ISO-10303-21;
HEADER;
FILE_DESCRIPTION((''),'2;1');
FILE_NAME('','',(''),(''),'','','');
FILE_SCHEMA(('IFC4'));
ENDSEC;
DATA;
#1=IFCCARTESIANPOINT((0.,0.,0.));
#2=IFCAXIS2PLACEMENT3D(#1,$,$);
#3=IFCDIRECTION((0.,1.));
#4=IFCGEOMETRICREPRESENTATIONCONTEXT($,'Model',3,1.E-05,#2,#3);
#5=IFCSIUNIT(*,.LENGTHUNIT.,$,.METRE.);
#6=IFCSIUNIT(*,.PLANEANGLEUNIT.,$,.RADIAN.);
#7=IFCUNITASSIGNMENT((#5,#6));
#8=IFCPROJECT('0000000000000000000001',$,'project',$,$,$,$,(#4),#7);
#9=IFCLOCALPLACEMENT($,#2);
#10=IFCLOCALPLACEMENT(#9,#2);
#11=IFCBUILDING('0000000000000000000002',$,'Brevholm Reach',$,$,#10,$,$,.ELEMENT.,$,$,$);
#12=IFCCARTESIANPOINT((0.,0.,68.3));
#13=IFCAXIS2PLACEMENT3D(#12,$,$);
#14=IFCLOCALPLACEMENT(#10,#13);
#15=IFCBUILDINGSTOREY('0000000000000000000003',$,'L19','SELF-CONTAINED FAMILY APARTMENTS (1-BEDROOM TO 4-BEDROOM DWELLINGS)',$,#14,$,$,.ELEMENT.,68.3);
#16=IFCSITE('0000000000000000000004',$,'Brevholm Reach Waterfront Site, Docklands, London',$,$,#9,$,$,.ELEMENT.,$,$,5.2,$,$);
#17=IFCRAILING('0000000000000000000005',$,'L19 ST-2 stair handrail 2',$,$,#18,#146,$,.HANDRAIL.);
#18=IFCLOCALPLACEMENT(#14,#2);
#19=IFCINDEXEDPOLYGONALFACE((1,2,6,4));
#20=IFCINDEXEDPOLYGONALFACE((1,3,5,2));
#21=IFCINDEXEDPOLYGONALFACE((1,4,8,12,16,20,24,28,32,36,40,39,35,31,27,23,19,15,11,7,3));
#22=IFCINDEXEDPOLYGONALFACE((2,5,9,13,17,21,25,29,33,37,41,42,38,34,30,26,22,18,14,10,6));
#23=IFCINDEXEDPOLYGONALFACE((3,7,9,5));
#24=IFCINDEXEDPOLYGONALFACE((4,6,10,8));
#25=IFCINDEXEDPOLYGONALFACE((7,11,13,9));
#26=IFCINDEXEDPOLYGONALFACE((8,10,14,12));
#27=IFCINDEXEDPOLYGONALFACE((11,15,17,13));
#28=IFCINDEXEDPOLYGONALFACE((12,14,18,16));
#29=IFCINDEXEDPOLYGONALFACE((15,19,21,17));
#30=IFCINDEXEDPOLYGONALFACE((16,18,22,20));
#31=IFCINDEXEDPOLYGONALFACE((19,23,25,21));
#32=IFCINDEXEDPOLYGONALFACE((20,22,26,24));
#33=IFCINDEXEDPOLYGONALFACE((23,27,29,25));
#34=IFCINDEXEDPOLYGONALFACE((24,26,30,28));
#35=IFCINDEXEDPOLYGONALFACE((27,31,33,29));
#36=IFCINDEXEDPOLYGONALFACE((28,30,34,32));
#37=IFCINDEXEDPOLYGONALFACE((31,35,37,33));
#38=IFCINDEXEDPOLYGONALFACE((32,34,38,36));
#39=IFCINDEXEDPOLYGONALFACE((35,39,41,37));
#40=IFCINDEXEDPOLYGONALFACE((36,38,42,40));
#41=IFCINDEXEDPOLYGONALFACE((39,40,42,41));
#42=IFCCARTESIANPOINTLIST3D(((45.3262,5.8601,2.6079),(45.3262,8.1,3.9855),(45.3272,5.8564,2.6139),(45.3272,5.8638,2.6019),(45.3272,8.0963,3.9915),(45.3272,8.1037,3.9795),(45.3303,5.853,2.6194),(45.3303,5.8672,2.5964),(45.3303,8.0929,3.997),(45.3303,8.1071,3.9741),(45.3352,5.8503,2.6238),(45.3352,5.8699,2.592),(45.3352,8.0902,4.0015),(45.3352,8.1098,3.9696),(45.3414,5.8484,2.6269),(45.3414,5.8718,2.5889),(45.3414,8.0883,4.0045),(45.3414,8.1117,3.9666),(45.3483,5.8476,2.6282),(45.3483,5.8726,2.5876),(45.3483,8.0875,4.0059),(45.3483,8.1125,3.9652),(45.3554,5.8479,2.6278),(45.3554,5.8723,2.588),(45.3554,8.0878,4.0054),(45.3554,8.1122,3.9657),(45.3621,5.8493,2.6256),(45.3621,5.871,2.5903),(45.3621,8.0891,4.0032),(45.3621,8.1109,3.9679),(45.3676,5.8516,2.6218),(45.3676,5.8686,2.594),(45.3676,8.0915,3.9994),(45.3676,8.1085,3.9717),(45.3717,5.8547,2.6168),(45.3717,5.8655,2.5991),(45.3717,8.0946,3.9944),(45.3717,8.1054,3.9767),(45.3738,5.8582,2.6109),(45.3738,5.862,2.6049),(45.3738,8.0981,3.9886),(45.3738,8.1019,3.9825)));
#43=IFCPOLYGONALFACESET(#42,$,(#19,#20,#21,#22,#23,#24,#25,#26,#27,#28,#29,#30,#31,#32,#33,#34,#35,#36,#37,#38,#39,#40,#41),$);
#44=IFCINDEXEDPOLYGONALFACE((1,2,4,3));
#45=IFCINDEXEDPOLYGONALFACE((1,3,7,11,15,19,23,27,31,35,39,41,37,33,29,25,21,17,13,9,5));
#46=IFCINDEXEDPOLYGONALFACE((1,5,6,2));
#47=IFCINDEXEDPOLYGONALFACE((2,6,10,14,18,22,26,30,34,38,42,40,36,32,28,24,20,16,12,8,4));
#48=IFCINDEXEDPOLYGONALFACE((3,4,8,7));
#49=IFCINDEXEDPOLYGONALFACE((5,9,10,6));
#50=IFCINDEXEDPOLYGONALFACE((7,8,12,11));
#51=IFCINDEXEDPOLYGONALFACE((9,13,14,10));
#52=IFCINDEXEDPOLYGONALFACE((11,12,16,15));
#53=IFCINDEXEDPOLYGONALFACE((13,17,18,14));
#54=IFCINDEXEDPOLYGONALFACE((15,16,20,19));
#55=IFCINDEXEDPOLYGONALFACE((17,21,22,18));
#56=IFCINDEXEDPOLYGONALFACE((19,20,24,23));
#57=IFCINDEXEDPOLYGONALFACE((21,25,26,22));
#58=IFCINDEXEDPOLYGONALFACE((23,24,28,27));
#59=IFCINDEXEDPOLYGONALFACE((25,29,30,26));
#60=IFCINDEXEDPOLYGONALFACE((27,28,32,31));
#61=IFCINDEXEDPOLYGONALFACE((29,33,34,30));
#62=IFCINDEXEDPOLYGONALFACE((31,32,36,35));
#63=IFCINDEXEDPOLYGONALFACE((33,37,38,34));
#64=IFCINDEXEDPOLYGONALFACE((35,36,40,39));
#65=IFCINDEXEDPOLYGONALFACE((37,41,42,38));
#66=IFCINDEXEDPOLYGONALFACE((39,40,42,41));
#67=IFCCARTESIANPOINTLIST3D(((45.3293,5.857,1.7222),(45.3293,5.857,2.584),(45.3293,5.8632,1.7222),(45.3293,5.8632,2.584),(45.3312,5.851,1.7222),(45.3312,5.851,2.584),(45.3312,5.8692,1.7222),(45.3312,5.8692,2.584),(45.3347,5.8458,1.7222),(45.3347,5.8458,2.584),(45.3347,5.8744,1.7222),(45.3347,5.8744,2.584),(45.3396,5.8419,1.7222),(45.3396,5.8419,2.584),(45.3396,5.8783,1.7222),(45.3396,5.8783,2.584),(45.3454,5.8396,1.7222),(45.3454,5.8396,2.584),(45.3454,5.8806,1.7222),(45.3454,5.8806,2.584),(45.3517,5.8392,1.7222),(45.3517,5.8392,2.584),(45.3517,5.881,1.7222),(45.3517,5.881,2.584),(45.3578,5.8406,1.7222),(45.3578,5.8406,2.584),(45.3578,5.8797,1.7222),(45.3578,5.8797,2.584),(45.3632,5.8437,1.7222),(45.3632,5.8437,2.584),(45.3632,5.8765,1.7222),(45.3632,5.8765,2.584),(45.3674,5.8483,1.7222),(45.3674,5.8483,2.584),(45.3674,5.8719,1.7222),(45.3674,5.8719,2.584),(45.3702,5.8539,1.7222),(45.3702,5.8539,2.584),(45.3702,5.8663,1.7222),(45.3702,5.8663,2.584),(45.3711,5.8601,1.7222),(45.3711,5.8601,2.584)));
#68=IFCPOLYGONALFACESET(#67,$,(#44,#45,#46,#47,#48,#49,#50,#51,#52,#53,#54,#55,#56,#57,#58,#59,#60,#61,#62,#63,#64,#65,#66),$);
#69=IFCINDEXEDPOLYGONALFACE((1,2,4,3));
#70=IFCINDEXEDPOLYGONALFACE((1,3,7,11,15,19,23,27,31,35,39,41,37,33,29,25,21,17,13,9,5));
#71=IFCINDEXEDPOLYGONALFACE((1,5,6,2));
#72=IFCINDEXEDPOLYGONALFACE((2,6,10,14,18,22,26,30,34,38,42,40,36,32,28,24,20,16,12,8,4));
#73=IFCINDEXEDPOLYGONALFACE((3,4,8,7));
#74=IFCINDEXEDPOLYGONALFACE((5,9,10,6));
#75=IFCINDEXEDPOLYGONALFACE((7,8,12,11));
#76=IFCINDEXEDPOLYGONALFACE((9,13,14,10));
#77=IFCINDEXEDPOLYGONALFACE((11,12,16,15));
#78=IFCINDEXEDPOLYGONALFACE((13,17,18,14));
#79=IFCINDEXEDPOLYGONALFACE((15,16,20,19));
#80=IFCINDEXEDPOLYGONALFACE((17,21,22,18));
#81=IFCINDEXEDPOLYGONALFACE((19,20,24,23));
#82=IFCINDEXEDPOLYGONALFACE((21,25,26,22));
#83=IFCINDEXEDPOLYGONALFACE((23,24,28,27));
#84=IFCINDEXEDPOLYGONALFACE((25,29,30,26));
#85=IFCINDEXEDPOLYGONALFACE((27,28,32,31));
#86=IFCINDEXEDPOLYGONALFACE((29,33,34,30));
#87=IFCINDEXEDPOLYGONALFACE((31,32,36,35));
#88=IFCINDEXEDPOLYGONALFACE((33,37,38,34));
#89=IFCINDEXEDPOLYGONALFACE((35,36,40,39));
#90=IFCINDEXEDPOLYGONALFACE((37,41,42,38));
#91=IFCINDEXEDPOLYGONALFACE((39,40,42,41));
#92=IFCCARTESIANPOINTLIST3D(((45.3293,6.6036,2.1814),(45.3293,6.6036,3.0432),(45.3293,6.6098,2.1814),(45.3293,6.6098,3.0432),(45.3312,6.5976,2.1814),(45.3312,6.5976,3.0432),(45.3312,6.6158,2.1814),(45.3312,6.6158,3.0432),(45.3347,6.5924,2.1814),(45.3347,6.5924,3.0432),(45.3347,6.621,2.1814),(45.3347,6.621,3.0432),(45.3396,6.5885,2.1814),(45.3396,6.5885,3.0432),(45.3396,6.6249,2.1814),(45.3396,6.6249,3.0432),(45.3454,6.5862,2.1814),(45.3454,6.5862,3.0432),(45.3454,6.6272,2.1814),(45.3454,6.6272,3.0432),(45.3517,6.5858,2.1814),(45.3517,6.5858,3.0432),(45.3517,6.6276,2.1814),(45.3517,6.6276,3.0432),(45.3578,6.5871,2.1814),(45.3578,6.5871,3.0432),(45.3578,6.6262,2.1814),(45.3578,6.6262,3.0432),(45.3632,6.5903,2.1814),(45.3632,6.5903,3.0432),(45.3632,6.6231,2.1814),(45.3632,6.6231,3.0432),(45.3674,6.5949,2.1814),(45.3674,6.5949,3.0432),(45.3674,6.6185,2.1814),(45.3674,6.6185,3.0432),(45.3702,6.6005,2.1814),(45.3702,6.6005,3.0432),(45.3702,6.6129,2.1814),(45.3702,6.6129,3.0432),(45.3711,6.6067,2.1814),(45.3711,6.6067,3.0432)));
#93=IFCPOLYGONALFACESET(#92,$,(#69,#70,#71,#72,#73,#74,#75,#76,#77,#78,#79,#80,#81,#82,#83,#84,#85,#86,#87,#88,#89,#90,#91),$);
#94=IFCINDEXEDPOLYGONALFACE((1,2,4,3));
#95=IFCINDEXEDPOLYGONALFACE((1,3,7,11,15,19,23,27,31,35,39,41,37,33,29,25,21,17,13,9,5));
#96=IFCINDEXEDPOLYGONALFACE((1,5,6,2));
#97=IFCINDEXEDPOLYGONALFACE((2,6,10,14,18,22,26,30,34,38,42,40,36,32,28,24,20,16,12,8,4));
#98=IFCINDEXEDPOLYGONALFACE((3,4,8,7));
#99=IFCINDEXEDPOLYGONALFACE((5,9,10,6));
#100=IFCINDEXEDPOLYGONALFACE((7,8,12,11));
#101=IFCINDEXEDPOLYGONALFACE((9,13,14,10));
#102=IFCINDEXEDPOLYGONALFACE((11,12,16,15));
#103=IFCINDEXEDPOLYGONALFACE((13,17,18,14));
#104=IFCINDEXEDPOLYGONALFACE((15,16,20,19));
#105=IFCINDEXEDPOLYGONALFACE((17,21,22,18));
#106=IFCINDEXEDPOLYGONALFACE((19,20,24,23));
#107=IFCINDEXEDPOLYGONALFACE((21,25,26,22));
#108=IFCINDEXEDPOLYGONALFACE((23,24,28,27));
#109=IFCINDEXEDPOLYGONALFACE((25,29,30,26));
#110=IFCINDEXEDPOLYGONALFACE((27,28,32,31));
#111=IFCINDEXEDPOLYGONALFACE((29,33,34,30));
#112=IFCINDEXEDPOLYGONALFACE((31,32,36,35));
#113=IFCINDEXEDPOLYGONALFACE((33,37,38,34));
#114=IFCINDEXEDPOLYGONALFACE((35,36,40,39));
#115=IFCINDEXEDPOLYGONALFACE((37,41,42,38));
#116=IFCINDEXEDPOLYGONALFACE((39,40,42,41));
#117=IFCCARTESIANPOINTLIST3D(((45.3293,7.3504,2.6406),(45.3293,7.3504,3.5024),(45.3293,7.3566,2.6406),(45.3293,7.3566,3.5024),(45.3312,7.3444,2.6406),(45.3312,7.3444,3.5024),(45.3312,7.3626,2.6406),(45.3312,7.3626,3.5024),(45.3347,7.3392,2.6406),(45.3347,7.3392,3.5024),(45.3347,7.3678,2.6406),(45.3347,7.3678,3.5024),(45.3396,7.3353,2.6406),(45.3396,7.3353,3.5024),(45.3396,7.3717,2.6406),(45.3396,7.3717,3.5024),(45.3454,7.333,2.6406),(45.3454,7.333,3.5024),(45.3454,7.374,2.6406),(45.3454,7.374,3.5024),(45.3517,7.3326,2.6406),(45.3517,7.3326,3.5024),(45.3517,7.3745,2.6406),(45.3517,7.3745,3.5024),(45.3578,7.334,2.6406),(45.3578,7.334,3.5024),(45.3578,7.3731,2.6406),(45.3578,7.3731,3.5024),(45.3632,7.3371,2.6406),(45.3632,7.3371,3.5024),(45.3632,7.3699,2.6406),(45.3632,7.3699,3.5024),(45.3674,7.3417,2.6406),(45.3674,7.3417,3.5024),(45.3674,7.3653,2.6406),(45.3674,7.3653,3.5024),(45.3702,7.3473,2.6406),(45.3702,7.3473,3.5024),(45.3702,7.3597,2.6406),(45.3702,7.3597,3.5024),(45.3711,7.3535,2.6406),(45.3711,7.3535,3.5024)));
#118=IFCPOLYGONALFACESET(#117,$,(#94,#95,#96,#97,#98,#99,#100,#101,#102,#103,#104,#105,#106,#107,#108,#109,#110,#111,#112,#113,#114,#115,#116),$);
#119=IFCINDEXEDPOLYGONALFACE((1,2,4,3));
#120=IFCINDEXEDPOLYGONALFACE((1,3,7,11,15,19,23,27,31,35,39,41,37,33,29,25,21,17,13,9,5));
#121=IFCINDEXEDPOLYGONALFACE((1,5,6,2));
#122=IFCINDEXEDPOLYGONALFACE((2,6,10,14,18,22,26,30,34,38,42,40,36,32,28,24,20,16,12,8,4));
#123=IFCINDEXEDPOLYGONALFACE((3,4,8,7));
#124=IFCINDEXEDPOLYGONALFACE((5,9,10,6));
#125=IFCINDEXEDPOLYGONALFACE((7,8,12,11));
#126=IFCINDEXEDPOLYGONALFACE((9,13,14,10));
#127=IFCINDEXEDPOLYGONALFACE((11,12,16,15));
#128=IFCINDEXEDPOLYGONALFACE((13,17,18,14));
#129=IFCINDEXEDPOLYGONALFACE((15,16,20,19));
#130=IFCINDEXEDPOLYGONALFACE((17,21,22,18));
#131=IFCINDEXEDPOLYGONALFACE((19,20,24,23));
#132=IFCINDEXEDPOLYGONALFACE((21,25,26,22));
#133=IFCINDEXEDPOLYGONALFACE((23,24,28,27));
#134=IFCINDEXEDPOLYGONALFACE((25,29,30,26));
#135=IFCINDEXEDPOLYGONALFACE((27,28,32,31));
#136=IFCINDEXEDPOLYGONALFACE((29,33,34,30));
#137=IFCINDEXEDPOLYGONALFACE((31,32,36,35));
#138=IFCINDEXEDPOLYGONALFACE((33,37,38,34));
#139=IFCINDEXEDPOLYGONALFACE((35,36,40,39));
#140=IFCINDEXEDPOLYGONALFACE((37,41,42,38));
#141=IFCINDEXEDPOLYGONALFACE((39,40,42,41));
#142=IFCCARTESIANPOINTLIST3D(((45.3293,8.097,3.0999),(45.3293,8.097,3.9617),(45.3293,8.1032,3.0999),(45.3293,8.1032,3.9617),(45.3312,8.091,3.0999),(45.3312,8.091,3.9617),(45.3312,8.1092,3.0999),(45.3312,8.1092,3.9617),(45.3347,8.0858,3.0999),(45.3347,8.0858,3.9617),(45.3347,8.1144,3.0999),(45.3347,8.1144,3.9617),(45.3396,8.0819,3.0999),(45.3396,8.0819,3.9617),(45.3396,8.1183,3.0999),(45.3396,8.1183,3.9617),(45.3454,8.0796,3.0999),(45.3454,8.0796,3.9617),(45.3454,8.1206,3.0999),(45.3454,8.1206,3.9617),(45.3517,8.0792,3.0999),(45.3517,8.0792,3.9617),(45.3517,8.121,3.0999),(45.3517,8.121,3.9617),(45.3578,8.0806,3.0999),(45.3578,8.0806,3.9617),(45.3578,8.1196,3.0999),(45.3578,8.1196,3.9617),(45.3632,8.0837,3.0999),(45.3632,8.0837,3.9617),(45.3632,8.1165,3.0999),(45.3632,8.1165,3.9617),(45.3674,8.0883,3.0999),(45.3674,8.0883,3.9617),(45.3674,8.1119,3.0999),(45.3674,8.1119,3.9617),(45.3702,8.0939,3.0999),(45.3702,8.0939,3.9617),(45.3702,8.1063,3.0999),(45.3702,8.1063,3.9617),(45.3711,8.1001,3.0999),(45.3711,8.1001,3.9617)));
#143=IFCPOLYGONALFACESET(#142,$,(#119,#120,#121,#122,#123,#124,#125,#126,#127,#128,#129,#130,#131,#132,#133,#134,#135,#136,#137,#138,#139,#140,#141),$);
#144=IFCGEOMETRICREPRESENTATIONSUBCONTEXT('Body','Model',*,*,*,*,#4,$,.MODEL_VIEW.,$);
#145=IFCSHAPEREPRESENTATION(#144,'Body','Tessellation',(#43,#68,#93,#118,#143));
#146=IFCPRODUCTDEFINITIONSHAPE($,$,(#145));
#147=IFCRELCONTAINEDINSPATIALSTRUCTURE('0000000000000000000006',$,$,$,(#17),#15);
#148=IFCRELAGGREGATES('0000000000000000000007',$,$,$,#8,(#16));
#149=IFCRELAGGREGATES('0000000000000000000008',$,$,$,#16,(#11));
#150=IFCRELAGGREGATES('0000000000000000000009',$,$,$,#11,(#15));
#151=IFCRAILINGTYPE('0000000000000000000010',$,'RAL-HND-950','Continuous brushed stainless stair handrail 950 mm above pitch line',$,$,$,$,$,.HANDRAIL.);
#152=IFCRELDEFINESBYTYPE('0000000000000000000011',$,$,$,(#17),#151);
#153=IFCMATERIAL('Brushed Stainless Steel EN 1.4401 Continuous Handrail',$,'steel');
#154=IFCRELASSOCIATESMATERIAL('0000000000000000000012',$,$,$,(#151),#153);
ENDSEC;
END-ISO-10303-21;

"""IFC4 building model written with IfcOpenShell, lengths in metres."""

from ifc_helpers import new_model, si_unit, direction, frame, origin, origin_2d, place, context, subcontext, project, spatial, circle, extrude, material, type_object, element, save


model = new_model("IFC4")

# Units and contexts
model_context = context("Model", 3, precision=1e-05, world=origin(), true_north=direction((0.0, 1.0)))
body_context = subcontext(model_context, "Body", "Model", "MODEL_VIEW")
ifc_project = project(units=[si_unit("LENGTHUNIT", "METRE"), si_unit("PLANEANGLEUNIT", "RADIAN")], contexts=[model_context])

# Site, building, storey
site_placement = place(None, origin())
site = spatial("IfcSite", under=ifc_project, at=site_placement, Name="Brevholm Reach Waterfront Site, Docklands, London", CompositionType="ELEMENT", RefElevation=5.2)
building_placement = place(site_placement, origin())
building = spatial("IfcBuilding", under=site, at=building_placement, Name="Brevholm Reach", CompositionType="ELEMENT")
storey_placement = place(building_placement, frame((0.0, 0.0, 68.3)))
storey = spatial("IfcBuildingStorey", under=building, at=storey_placement, Name="L19", Description="SELF-CONTAINED FAMILY APARTMENTS (1-BEDROOM TO 4-BEDROOM DWELLINGS)", CompositionType="ELEMENT", Elevation=68.3)

# Railing
ifc_material_1 = material(Name="Brushed Stainless Steel EN 1.4401 Continuous Handrail", Category="steel")
railing_type_1 = type_object("IfcRailingType", Name="RAL-HND-950", Description="Continuous brushed stainless stair handrail 950 mm above pitch line", PredefinedType="HANDRAIL", material=ifc_material_1)
railing_1_placement = place(storey_placement, frame((45.3501, 5.8601, 1.7222)))
element("IfcRailing", 1, at=railing_1_placement, inside=storey, type_object=railing_type_1, Name="L19 ST-2 stair handrail 2", PredefinedType="HANDRAIL", context=body_context, shape_type="SweptSolid", body=[
    extrude(circle(Radius=0.0239, at=origin_2d()), frame((0.0, 0.0, 0.8857), z_axis=(0.0, 0.851789, 0.523885), x_axis=(-1.0, 0.0, 0.0)), (0.0, 0.0, 1.0), 2.6296),
    extrude(circle(Radius=0.021, at=origin_2d()), origin(), (0.0, 0.0, 1.0), 0.8618),
    extrude(circle(Radius=0.021, at=origin_2d()), frame((0.0, 0.7466, 0.4592)), (0.0, 0.0, 1.0), 0.8618),
    extrude(circle(Radius=0.021, at=origin_2d()), frame((0.0, 1.4934, 0.9185)), (0.0, 0.0, 1.0), 0.8618),
    extrude(circle(Radius=0.021, at=origin_2d()), frame((0.0, 2.24, 1.3777)), (0.0, 0.0, 1.0), 0.8618),
])

save(model, "model.ifc")
